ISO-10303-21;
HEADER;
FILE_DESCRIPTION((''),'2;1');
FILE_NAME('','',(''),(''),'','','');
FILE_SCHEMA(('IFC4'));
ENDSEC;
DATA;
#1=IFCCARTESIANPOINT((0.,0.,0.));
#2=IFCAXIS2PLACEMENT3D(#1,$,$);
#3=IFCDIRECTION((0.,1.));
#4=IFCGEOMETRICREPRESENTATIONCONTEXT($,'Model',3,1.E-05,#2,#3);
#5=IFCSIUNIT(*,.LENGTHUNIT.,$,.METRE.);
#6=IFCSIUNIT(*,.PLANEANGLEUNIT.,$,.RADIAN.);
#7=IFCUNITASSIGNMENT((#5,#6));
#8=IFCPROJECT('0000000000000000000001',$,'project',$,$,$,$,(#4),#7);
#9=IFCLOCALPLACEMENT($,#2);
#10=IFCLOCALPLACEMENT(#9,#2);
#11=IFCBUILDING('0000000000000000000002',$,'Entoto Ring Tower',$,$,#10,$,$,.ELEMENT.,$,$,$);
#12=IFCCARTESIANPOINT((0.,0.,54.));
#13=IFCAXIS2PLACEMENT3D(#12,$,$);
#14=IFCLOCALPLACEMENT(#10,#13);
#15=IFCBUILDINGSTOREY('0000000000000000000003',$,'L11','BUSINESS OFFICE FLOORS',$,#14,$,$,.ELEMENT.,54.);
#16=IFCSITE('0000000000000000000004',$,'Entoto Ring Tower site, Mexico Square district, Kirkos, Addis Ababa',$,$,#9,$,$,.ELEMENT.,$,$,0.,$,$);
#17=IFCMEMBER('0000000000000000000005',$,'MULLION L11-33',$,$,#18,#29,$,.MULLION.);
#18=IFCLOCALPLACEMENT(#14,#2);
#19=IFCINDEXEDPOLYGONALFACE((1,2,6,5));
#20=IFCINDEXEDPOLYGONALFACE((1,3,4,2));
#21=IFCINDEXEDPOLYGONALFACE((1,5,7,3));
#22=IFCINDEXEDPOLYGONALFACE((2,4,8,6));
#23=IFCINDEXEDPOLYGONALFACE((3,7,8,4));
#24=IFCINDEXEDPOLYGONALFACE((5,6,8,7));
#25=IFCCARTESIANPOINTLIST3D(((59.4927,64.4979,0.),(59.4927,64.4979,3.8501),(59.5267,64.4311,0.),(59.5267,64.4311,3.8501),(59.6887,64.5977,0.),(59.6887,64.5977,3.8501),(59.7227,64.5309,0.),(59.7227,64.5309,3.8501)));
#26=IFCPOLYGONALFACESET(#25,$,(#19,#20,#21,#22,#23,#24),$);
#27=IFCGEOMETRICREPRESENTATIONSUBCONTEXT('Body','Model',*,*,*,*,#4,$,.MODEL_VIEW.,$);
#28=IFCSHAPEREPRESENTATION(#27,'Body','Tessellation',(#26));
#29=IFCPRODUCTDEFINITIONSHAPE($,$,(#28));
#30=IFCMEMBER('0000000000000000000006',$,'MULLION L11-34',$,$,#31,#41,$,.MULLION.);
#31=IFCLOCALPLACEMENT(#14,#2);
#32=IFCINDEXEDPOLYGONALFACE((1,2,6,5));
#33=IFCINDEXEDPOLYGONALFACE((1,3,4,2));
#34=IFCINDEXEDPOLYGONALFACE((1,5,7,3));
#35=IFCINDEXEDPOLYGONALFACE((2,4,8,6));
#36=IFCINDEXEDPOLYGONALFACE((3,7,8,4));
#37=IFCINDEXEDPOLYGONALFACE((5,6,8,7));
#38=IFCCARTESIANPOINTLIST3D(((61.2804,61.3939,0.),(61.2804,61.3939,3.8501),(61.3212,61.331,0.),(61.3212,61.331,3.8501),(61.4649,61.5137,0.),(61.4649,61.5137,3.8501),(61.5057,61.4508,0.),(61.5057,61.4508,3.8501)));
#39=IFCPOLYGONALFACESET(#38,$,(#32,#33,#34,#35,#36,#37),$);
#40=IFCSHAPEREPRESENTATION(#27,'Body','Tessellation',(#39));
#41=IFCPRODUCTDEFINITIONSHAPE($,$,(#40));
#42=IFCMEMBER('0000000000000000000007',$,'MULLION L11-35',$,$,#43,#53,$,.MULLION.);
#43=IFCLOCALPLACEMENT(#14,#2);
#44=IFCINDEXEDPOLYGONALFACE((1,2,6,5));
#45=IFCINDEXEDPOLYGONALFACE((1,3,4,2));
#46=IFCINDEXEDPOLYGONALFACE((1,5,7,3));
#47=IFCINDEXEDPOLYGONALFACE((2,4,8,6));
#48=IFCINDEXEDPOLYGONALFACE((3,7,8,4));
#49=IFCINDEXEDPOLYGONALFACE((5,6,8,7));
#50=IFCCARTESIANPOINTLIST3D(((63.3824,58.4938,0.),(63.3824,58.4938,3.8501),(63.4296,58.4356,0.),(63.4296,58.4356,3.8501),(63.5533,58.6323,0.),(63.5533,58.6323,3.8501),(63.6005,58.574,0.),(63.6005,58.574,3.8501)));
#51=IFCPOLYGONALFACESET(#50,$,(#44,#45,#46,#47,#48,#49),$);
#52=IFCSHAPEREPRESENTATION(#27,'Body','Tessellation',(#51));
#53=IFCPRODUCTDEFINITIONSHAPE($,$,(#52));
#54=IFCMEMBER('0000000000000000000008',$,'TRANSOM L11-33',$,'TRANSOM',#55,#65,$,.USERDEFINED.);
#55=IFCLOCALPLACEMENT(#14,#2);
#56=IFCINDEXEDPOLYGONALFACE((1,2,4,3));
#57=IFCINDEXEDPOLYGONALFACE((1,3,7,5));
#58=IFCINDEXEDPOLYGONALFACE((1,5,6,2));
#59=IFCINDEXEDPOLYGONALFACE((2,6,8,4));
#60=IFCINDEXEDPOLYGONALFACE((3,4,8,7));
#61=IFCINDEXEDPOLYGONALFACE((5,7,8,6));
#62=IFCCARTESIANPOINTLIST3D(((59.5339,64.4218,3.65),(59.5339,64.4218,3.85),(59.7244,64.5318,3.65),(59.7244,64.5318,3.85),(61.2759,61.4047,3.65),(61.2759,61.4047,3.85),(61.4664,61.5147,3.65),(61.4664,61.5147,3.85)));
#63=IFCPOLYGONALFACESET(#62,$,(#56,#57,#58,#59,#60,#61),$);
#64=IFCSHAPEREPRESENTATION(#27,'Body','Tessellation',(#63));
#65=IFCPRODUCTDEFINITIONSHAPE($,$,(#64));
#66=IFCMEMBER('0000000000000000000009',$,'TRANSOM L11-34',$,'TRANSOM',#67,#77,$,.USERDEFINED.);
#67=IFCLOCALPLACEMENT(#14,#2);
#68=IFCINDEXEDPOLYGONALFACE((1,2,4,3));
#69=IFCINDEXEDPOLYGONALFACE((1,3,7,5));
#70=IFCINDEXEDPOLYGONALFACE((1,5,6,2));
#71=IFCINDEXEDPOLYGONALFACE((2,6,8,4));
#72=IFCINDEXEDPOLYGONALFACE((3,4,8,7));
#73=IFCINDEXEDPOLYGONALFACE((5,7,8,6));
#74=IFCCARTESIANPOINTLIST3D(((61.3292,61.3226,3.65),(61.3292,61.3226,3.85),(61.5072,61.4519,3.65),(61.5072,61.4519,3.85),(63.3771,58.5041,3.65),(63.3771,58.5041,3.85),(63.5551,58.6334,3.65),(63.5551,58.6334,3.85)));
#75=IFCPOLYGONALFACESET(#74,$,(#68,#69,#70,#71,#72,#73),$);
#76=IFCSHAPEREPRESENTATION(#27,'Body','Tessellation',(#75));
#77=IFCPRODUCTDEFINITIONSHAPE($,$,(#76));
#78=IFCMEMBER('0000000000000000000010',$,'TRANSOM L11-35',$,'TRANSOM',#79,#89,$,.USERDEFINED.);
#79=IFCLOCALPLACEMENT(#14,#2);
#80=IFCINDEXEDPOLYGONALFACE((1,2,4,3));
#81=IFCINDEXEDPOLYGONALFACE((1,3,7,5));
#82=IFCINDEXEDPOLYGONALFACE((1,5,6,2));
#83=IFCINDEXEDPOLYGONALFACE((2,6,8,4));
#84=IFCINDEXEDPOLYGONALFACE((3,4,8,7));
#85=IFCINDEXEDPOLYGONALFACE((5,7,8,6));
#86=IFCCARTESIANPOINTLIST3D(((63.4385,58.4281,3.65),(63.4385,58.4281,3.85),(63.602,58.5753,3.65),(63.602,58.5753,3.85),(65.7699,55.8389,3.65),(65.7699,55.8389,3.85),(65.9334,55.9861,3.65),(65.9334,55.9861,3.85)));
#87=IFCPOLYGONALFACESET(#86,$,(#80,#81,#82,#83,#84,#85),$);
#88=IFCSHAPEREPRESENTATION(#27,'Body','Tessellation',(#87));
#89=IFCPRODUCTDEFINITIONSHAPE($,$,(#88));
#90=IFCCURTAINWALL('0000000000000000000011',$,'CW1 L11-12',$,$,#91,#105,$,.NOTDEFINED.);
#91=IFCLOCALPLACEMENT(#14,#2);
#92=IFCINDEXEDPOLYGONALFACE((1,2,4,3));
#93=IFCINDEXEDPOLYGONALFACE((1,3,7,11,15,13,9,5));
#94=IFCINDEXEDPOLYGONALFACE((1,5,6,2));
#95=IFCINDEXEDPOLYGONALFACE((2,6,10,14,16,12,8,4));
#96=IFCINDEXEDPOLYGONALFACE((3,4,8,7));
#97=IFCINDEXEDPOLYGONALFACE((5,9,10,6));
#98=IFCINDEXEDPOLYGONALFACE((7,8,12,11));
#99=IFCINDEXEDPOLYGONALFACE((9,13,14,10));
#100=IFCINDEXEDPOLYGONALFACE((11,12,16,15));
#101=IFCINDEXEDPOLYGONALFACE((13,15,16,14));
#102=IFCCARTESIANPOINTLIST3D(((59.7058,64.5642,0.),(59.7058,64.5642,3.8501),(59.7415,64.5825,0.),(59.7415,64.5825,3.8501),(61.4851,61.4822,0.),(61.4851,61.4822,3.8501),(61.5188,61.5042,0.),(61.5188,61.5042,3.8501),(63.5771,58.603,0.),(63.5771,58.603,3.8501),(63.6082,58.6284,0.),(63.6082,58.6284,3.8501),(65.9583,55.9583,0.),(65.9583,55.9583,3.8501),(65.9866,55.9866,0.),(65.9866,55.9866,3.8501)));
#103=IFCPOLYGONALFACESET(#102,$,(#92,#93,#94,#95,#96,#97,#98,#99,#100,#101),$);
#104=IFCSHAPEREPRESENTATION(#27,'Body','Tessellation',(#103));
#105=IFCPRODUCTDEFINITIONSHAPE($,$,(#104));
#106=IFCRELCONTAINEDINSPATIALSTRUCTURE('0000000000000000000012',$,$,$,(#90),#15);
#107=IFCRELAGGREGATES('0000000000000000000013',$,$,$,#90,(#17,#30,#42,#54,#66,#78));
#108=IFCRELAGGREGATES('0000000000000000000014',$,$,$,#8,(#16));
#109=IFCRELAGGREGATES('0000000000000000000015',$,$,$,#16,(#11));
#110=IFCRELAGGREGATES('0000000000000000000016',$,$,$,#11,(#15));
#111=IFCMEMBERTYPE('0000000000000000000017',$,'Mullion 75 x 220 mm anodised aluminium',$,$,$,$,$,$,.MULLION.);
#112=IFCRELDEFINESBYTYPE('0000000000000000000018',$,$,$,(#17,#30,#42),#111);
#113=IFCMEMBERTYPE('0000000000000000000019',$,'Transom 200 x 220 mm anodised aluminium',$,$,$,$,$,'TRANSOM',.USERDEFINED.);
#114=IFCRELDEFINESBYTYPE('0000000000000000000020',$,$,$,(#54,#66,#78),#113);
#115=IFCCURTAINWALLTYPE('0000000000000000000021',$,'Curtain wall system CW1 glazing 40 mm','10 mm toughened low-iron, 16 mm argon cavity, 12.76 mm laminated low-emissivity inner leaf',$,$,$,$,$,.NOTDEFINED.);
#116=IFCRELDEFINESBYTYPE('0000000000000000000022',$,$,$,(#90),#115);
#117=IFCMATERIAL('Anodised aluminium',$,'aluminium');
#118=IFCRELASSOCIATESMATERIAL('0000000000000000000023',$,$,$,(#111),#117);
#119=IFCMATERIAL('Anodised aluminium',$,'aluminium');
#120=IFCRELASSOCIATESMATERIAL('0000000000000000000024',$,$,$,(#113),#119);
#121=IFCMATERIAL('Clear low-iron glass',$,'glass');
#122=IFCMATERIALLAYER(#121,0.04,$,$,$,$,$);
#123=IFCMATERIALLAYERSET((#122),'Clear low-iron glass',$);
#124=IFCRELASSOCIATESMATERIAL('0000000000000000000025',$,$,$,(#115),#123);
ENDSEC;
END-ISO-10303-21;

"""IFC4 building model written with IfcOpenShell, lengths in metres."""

from ifc_helpers import new_model, si_unit, direction, frame, origin, origin_2d, place, context, subcontext, project, spatial, polyline, rectangle, outline, extrude, material, layer, layer_set, material_profile, profile_set, type_object, element, aggregate, save


model = new_model("IFC4")

# Units and contexts
model_context = context("Model", 3, precision=1e-05, world=origin(), true_north=direction((0.0, 1.0)))
body_context = subcontext(model_context, "Body", "Model", "MODEL_VIEW")
ifc_project = project(units=[si_unit("LENGTHUNIT", "METRE"), si_unit("PLANEANGLEUNIT", "RADIAN")], contexts=[model_context])

# Members
ifc_material_1 = material(Name="Anodised aluminium", Category="aluminium")
ifc_material_profile_1 = material_profile(ifc_material_1, rectangle(XDim=0.075, YDim=0.22, at=origin_2d()), Name="Mullion 75 x 220 mm anodised aluminium")
ifc_profile_set_1 = profile_set([ifc_material_profile_1], Name="Anodised aluminium")
member_type_1 = type_object("IfcMemberType", Name="Mullion 75 x 220 mm anodised aluminium", PredefinedType="MULLION", material=ifc_profile_set_1)
site_placement = place(None, origin())
building_placement = place(site_placement, origin())
storey_placement = place(building_placement, frame((0.0, 0.0, 54.0)))
member_1_placement = place(storey_placement, frame((59.6077, 64.5144, 0.0), z_axis=(0.0, 0.0, 1.0), x_axis=(0.45399, -0.891007, 0.0)))
member_1 = element("IfcMember", 1, at=member_1_placement, type_object=member_type_1, Name="MULLION L11-33", PredefinedType="MULLION", context=body_context, shape_type="SweptSolid", body=[
    extrude(rectangle(XDim=0.075, YDim=0.22, at=origin_2d()), origin(), (0.0, 0.0, 1.0), 3.8501),
])
member_2_placement = place(storey_placement, frame((61.3931, 61.4224, 0.0), z_axis=(0.0, 0.0, 1.0), x_axis=(0.544639, -0.838671, 0.0)))
member_2 = element("IfcMember", 2, at=member_2_placement, type_object=member_type_1, Name="MULLION L11-34", PredefinedType="MULLION", context=body_context, shape_type="SweptSolid", body=[
    extrude(rectangle(XDim=0.075, YDim=0.22, at=origin_2d()), origin(), (0.0, 0.0, 1.0), 3.8501),
])
member_3_placement = place(storey_placement, frame((63.4915, 58.5339, 0.0), z_axis=(0.0, 0.0, 1.0), x_axis=(0.62932, -0.777146, 0.0)))
member_3 = element("IfcMember", 3, at=member_3_placement, type_object=member_type_1, Name="MULLION L11-35", PredefinedType="MULLION", context=body_context, shape_type="SweptSolid", body=[
    extrude(rectangle(XDim=0.075, YDim=0.22, at=origin_2d()), origin(), (0.0, 0.0, 1.0), 3.8501),
])
ifc_material_2 = material(Name="Anodised aluminium", Category="aluminium")
ifc_material_profile_2 = material_profile(ifc_material_2, rectangle(XDim=0.22, YDim=0.2, at=origin_2d()), Name="Transom 200 x 220 mm anodised aluminium")
ifc_profile_set_2 = profile_set([ifc_material_profile_2], Name="Anodised aluminium")
member_type_2 = type_object("IfcMemberType", Name="Transom 200 x 220 mm anodised aluminium", ElementType="TRANSOM", PredefinedType="USERDEFINED", material=ifc_profile_set_2)
member_4_placement = place(storey_placement, frame((59.6292, 64.4768, 3.75), z_axis=(0.500006, -0.866022, 0.0), x_axis=(0.866022, 0.500006, 0.0)))
member_4 = element("IfcMember", 4, at=member_4_placement, type_object=member_type_2, Name="TRANSOM L11-33", ObjectType="TRANSOM", PredefinedType="USERDEFINED", context=body_context, shape_type="SweptSolid", body=[
    extrude(rectangle(XDim=0.22, YDim=0.2, at=origin_2d()), origin(), (0.0, 0.0, 1.0), 3.4839),
])
member_5_placement = place(storey_placement, frame((61.4182, 61.3872, 3.75), z_axis=(0.587822, -0.808991, 0.0), x_axis=(0.808991, 0.587822, 0.0)))
member_5 = element("IfcMember", 5, at=member_5_placement, type_object=member_type_2, Name="TRANSOM L11-34", ObjectType="TRANSOM", PredefinedType="USERDEFINED", context=body_context, shape_type="SweptSolid", body=[
    extrude(rectangle(XDim=0.22, YDim=0.2, at=origin_2d()), origin(), (0.0, 0.0, 1.0), 3.4839),
])
member_6_placement = place(storey_placement, frame((63.5203, 58.5017, 3.75), z_axis=(0.669139, -0.743137, 0.0), x_axis=(0.743137, 0.669139, 0.0)))
member_6 = element("IfcMember", 6, at=member_6_placement, type_object=member_type_2, Name="TRANSOM L11-35", ObjectType="TRANSOM", PredefinedType="USERDEFINED", context=body_context, shape_type="SweptSolid", body=[
    extrude(rectangle(XDim=0.22, YDim=0.2, at=origin_2d()), origin(), (0.0, 0.0, 1.0), 3.4841),
])

# Site, building, storey
site = spatial("IfcSite", under=ifc_project, at=site_placement, Name="Entoto Ring Tower site, Mexico Square district, Kirkos, Addis Ababa", CompositionType="ELEMENT", RefElevation=0.0)
building = spatial("IfcBuilding", under=site, at=building_placement, Name="Entoto Ring Tower", CompositionType="ELEMENT")
storey = spatial("IfcBuildingStorey", under=building, at=storey_placement, Name="L11", Description="BUSINESS OFFICE FLOORS", CompositionType="ELEMENT", Elevation=54.0)

# Curtain wall
ifc_material_3 = material(Name="Clear low-iron glass", Category="glass")
ifc_layer = layer(ifc_material_3, 0.04)
ifc_layer_set = layer_set([ifc_layer], Name="Clear low-iron glass")
curtain_wall_type = type_object("IfcCurtainWallType", Name="Curtain wall system CW1 glazing 40 mm", Description="10 mm toughened low-iron, 16 mm argon cavity, 12.76 mm laminated low-emissivity inner leaf", PredefinedType="NOTDEFINED", material=ifc_layer_set)
curtain_wall_1_placement = place(storey_placement, origin())
curtain_wall_1 = element("IfcCurtainWall", 7, at=curtain_wall_1_placement, inside=storey, type_object=curtain_wall_type, Name="CW1 L11-12", PredefinedType="NOTDEFINED", context=body_context, shape_type="SweptSolid", body=[
    extrude(outline(polyline([(59.7058, 64.5642), (61.4851, 61.4822), (63.5771, 58.603), (65.9583, 55.9583), (65.9866, 55.9866), (63.6082, 58.6284), (61.5188, 61.5042), (59.7415, 64.5825), (59.7058, 64.5642)])), origin(), (0.0, 0.0, 1.0), 3.8501),
])
aggregate(curtain_wall_1, [member_1, member_2, member_3, member_4, member_5, member_6])

save(model, "model.ifc")
